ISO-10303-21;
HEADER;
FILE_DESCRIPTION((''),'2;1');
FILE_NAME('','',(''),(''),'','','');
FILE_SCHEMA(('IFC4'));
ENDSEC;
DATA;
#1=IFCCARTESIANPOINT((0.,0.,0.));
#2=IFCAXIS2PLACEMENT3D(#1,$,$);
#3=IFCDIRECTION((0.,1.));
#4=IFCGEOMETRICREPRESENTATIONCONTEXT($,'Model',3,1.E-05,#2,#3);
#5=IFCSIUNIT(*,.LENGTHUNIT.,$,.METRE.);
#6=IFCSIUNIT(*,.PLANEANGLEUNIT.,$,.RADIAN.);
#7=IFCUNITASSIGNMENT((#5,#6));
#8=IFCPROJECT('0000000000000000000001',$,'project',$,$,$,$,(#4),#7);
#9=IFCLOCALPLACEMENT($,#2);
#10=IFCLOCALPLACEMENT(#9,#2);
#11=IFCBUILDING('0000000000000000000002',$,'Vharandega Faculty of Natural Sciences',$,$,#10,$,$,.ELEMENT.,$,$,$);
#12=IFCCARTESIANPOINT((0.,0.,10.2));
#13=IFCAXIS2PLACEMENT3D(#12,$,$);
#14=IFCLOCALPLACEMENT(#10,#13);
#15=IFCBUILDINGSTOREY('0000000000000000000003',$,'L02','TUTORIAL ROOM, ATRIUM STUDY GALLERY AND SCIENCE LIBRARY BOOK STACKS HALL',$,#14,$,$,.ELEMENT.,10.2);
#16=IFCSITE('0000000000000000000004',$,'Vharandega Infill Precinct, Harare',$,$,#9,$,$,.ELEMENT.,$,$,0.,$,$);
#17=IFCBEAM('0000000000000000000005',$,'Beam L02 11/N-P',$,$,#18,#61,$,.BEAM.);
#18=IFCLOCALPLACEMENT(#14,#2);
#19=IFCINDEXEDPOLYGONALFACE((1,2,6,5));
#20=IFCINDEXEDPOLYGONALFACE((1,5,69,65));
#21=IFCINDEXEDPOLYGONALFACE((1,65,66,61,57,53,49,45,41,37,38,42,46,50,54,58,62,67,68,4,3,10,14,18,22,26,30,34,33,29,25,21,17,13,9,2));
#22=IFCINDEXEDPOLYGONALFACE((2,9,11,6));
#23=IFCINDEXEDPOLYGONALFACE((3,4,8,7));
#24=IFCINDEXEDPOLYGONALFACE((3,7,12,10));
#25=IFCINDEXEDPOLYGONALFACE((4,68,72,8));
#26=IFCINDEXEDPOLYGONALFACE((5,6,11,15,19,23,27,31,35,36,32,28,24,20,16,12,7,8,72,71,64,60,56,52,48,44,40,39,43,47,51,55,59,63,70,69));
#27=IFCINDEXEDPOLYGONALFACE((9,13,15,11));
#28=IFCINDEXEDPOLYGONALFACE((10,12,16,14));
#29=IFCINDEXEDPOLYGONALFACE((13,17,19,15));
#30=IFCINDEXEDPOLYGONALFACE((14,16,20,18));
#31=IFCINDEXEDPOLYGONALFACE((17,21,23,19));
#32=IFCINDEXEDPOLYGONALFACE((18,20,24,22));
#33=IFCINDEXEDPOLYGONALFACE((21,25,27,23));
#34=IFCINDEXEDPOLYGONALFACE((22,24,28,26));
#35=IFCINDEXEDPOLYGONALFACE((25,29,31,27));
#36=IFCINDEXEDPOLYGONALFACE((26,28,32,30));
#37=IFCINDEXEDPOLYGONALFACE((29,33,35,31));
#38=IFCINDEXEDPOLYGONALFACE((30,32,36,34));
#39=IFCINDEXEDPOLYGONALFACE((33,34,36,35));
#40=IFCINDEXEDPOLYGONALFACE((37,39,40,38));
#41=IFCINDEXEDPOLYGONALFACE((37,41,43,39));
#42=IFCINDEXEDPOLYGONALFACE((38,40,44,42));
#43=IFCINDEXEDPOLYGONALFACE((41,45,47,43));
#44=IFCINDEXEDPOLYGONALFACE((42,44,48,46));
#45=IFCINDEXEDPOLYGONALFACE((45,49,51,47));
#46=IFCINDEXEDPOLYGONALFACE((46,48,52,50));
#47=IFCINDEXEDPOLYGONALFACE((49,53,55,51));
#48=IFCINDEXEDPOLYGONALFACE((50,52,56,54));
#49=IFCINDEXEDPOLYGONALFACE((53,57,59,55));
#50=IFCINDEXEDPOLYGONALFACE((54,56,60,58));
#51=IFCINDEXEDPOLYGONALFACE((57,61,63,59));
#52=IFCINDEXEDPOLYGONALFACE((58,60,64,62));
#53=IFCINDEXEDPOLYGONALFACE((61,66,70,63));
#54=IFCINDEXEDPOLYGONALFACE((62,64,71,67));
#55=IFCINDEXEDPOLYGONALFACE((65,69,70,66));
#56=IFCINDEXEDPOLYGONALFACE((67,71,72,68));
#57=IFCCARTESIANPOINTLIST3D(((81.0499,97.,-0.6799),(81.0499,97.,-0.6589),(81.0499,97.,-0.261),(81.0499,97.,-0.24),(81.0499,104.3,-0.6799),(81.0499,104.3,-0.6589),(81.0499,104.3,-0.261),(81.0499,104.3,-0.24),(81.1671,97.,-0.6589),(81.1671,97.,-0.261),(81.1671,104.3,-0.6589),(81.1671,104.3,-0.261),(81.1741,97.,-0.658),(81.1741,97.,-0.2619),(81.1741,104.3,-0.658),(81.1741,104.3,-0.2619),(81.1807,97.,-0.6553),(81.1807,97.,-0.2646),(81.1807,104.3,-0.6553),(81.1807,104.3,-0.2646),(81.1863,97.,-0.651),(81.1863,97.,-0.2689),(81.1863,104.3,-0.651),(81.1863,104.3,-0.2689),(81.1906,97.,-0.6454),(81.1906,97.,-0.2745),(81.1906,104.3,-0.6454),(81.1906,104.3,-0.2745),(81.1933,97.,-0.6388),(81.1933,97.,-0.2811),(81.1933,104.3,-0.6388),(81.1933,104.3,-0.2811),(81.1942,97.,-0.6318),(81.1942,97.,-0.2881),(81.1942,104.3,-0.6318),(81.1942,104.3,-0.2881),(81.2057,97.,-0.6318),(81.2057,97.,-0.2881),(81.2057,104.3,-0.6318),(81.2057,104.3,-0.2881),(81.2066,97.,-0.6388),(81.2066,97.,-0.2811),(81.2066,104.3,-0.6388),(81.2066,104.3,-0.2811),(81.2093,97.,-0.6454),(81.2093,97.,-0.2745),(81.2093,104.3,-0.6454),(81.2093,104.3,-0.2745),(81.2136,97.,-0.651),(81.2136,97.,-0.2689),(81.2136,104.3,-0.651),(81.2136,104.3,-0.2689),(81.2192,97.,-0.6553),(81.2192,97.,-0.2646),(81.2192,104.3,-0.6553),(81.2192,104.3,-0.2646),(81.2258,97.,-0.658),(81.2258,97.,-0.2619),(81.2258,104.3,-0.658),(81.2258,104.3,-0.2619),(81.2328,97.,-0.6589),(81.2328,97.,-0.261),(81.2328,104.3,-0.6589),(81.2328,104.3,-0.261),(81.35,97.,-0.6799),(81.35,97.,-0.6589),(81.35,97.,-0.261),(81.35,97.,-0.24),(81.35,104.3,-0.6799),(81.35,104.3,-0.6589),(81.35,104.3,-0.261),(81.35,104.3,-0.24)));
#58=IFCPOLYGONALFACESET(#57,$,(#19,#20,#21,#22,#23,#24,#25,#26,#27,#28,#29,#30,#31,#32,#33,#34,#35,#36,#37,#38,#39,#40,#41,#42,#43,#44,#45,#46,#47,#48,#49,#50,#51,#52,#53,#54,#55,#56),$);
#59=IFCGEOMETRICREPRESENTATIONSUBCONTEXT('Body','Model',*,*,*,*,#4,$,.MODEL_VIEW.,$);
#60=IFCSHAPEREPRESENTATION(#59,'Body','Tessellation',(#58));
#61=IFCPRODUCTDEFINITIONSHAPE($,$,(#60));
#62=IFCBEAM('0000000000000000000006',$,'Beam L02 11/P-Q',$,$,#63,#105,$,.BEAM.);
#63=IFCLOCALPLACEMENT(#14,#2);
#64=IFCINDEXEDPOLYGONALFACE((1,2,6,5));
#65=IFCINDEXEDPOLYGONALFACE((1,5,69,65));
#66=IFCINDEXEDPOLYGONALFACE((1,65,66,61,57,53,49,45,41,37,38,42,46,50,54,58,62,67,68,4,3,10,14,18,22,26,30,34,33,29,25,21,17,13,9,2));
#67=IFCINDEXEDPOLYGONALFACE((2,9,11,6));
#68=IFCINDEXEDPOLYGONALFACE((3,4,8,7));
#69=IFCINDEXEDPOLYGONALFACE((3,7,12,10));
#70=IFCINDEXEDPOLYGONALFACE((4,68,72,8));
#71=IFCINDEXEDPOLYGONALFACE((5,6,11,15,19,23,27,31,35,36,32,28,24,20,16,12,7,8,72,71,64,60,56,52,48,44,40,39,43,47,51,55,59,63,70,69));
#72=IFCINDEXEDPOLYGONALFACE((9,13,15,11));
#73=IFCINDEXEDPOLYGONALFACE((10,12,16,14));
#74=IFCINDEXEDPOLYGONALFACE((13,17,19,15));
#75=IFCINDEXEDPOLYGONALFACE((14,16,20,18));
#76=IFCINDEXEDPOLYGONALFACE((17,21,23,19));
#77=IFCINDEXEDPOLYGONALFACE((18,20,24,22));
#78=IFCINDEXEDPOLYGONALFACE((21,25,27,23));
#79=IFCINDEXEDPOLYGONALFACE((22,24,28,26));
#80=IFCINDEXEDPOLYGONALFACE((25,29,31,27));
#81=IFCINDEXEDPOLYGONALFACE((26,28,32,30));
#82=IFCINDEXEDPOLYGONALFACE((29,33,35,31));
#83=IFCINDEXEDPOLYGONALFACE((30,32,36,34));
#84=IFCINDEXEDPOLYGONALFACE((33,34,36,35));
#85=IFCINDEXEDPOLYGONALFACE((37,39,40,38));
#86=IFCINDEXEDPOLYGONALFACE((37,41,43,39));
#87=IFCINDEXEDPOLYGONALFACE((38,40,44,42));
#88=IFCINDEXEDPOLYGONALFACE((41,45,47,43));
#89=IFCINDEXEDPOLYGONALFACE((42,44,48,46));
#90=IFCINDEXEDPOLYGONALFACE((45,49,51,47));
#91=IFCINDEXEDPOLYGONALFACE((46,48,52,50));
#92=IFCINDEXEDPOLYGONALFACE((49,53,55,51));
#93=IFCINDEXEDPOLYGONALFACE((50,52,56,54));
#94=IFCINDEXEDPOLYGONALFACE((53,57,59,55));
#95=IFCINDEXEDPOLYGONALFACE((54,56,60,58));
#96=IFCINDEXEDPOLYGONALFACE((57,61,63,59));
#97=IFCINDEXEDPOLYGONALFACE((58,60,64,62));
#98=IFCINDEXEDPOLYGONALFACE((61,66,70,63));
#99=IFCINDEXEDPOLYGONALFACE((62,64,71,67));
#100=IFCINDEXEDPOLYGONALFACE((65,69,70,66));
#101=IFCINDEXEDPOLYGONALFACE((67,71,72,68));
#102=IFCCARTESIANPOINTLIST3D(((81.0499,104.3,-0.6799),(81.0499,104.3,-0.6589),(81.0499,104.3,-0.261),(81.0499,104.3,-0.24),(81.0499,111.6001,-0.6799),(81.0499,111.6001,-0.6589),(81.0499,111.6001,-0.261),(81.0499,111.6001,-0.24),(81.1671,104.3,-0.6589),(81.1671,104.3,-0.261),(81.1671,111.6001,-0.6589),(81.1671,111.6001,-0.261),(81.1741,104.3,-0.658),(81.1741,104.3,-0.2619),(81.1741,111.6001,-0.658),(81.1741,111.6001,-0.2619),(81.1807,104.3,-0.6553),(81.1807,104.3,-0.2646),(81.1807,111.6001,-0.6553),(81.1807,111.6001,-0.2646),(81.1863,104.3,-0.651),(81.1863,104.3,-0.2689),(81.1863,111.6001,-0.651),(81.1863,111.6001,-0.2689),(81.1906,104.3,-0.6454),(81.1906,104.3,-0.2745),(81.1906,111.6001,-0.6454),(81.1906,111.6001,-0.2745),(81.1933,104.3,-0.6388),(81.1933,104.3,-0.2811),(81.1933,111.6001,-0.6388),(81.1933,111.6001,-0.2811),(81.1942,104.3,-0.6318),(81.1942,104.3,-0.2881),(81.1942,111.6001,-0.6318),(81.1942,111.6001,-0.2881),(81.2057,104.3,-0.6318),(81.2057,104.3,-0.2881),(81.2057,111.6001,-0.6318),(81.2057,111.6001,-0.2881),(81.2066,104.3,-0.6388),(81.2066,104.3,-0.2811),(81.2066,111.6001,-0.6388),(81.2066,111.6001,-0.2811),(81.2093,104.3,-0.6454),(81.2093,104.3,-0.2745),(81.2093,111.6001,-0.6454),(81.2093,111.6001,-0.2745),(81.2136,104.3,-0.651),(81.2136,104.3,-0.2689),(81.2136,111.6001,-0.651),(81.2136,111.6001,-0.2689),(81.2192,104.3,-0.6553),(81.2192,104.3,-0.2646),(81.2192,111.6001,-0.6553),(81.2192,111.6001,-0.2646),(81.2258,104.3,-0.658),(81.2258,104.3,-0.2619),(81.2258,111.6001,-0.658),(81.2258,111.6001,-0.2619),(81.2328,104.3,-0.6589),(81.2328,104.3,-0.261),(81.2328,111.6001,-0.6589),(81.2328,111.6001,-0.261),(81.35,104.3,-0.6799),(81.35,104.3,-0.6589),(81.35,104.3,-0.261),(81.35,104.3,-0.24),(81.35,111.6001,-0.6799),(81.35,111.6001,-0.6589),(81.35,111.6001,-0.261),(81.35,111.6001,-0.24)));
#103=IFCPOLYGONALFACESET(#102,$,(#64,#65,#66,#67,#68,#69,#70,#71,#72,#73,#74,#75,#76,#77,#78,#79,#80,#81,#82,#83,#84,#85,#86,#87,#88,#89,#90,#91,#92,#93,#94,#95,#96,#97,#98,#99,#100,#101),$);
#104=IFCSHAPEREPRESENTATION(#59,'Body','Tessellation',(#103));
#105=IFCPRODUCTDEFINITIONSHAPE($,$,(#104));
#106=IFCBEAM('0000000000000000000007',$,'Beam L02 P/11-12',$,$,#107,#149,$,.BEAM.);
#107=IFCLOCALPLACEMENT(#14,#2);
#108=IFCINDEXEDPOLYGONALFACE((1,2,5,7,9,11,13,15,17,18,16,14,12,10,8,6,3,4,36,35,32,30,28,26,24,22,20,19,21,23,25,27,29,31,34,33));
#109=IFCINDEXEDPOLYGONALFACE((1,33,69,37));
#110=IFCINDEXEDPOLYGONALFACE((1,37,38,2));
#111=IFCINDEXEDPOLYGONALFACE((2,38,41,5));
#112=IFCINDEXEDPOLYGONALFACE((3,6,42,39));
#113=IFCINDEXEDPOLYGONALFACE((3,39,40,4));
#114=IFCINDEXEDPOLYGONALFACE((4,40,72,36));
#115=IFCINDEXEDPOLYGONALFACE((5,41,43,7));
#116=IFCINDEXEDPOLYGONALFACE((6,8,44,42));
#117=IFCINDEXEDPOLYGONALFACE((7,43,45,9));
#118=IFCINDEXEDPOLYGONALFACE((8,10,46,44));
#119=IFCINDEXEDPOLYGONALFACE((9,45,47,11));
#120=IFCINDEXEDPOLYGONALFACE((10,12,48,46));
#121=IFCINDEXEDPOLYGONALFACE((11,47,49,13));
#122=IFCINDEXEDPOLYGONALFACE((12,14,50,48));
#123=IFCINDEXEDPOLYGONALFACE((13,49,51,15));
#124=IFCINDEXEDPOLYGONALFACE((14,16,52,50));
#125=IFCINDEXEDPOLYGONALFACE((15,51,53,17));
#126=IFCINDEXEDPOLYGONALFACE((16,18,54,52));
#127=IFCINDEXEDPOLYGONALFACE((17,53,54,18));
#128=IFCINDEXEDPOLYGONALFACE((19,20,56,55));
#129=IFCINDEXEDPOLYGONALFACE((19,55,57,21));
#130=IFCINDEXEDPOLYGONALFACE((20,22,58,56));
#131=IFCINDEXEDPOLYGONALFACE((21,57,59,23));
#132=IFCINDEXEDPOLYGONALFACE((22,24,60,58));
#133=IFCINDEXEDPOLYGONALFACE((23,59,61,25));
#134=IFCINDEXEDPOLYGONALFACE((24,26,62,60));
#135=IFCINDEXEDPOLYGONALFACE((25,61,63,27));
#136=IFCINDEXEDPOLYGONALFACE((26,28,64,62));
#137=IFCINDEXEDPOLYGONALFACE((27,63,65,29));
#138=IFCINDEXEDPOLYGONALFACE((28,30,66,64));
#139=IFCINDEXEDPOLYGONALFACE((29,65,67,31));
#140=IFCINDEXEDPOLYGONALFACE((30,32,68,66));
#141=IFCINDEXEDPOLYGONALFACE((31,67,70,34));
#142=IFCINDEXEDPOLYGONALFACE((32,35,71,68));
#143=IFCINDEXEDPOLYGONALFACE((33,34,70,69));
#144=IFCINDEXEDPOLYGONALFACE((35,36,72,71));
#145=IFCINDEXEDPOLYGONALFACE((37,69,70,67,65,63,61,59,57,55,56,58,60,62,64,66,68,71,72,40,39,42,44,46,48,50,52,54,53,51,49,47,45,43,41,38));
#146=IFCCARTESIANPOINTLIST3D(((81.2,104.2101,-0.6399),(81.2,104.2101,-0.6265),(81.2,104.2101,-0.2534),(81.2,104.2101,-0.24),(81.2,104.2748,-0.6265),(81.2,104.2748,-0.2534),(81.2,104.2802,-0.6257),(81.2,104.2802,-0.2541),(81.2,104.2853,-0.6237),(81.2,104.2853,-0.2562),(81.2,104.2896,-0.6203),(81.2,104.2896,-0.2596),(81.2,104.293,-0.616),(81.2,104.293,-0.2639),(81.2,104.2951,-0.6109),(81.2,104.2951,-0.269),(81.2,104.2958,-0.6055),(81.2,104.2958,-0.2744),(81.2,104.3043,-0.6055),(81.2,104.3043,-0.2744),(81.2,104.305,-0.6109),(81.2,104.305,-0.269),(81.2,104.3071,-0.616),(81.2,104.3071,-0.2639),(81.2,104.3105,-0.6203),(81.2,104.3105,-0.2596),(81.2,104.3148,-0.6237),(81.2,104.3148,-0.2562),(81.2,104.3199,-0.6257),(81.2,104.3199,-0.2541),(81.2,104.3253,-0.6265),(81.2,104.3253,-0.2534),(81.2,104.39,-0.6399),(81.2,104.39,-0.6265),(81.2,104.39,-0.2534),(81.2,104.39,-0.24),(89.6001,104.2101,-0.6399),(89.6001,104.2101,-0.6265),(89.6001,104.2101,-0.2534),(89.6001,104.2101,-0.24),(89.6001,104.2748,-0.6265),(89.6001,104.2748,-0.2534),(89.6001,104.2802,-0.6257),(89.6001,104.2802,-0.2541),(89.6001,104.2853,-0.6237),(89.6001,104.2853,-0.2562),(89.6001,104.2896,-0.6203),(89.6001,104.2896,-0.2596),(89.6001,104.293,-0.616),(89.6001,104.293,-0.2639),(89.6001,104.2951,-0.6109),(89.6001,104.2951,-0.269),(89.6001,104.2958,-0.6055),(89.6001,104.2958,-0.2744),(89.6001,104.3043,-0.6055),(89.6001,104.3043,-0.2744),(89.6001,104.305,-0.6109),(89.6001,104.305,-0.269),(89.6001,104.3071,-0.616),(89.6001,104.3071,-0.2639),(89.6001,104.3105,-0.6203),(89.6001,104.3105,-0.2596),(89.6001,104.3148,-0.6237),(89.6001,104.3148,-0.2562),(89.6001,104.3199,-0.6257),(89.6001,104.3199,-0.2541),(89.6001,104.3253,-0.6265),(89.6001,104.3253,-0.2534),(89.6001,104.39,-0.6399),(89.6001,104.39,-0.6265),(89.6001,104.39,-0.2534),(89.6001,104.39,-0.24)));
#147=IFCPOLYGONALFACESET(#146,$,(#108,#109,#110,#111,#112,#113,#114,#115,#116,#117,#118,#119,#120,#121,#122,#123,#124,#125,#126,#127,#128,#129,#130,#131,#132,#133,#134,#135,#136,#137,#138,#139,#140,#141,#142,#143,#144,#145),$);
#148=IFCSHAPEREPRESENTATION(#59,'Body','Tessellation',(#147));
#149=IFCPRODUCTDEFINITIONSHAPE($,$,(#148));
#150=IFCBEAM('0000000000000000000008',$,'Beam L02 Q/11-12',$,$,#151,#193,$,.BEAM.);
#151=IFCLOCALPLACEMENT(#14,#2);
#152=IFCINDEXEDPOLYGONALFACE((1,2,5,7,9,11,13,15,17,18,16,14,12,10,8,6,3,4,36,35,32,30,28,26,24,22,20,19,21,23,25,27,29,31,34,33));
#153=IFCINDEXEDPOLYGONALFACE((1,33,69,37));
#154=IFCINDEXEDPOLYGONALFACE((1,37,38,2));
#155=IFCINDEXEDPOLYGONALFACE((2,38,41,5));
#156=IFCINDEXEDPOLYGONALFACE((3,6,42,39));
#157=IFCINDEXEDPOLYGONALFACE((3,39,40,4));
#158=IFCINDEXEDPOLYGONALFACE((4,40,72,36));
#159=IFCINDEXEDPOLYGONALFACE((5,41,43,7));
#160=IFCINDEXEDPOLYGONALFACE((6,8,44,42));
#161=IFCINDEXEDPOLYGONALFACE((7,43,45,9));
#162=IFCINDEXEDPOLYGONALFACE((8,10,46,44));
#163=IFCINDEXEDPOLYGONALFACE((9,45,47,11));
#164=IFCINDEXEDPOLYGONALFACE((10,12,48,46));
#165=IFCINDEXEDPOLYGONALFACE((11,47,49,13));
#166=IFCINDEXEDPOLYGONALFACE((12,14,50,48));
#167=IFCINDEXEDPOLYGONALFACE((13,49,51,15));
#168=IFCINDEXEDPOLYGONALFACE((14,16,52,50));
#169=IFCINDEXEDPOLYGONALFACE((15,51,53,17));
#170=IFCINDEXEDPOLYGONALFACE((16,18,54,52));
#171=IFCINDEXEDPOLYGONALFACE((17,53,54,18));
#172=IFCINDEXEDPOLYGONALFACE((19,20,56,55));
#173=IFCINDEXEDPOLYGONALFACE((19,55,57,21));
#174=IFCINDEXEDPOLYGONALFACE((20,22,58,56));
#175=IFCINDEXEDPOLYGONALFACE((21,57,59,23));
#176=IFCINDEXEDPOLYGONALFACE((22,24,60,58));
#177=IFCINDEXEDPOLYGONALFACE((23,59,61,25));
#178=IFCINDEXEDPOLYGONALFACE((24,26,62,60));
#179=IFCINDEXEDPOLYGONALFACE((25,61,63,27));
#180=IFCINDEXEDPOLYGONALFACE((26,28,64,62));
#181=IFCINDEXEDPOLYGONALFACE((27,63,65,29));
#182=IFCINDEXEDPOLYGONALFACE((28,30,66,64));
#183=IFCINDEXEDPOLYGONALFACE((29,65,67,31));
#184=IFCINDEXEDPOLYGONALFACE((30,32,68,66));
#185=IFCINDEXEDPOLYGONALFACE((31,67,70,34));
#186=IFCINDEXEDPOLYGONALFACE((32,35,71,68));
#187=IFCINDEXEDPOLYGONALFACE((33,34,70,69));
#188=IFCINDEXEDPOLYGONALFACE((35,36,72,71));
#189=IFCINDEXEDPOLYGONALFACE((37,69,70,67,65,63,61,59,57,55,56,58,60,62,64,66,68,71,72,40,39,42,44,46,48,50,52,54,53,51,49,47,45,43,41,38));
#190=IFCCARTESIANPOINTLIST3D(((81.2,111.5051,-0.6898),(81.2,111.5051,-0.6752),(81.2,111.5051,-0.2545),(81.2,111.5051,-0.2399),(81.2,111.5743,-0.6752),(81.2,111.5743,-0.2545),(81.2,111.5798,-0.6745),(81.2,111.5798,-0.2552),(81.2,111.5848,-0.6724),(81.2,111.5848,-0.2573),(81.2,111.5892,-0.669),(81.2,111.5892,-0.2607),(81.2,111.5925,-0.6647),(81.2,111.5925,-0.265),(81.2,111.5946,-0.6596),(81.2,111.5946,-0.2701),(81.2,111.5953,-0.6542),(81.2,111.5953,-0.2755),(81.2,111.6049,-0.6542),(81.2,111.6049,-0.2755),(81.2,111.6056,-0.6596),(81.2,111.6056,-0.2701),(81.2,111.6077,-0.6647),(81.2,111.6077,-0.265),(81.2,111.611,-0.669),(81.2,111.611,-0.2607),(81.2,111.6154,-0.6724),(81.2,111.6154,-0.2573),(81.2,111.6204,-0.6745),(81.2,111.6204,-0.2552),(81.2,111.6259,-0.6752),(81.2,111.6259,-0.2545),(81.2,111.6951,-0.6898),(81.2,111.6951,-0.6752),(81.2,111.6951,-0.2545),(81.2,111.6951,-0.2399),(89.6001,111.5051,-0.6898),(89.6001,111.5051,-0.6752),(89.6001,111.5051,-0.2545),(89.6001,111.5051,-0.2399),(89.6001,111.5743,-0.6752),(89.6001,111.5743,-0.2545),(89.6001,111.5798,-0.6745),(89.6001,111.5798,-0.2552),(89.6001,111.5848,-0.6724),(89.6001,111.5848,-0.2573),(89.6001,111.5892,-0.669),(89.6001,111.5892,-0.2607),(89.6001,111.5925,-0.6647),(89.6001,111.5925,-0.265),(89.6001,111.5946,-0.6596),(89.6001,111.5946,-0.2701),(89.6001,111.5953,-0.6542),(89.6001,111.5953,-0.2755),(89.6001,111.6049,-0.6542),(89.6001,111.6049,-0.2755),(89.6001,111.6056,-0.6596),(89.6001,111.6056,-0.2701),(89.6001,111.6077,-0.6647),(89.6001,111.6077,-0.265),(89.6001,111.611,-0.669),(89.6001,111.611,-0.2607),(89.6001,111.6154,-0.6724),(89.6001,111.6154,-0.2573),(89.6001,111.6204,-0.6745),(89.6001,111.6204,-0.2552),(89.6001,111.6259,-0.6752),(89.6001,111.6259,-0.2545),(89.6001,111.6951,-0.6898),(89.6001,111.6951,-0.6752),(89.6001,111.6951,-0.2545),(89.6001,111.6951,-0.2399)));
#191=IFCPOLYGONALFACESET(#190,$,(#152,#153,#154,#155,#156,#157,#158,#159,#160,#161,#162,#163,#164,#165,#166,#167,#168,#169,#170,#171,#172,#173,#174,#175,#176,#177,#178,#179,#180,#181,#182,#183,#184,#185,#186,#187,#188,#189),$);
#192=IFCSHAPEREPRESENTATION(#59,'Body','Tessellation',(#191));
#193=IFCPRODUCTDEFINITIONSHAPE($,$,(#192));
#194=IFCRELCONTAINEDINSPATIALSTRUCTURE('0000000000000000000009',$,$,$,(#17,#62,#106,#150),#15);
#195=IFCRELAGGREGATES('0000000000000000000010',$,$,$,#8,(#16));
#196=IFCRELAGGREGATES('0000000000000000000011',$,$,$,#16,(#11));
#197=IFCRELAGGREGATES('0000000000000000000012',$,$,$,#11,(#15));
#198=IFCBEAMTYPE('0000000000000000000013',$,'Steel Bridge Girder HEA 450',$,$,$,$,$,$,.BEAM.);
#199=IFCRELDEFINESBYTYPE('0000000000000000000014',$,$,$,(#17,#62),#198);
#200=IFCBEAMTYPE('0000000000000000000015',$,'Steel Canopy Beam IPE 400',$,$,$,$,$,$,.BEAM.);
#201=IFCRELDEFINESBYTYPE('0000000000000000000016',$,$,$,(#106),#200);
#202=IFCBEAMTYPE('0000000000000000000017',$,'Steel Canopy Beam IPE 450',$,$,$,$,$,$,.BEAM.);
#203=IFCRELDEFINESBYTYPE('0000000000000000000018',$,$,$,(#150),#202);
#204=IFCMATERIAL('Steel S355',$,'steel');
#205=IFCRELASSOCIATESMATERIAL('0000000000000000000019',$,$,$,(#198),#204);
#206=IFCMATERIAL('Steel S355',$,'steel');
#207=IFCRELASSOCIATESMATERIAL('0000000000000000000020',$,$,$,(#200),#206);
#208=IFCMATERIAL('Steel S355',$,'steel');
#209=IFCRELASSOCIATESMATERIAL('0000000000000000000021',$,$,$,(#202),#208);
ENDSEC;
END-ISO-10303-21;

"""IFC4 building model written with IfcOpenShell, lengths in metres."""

from ifc_helpers import new_model, si_unit, direction, frame, origin, origin_2d, place, context, subcontext, project, spatial, i_section, extrude, material, material_profile, profile_set, type_object, element, save


model = new_model("IFC4")

# Units and contexts
model_context = context("Model", 3, precision=1e-05, world=origin(), true_north=direction((0.0, 1.0)))
body_context = subcontext(model_context, "Body", "Model", "MODEL_VIEW")
ifc_project = project(units=[si_unit("LENGTHUNIT", "METRE"), si_unit("PLANEANGLEUNIT", "RADIAN")], contexts=[model_context])

# Site, building, storey
site_placement = place(None, origin())
site = spatial("IfcSite", under=ifc_project, at=site_placement, Name="Vharandega Infill Precinct, Harare", CompositionType="ELEMENT", RefElevation=0.0)
building_placement = place(site_placement, origin())
building = spatial("IfcBuilding", under=site, at=building_placement, Name="Vharandega Faculty of Natural Sciences", CompositionType="ELEMENT")
storey_placement = place(building_placement, frame((0.0, 0.0, 10.2)))
storey = spatial("IfcBuildingStorey", under=building, at=storey_placement, Name="L02", Description="TUTORIAL ROOM, ATRIUM STUDY GALLERY AND SCIENCE LIBRARY BOOK STACKS HALL", CompositionType="ELEMENT", Elevation=10.2)

# Beams
ifc_material_1 = material(Name="Steel S355", Category="steel")
ifc_material_profile_1 = material_profile(ifc_material_1, i_section(OverallWidth=0.3, OverallDepth=0.4399, WebThickness=0.0115, FlangeThickness=0.021, FilletRadius=0.0271, at=origin_2d()), Name="HEA 450")
ifc_profile_set_1 = profile_set([ifc_material_profile_1], Name="Steel S355")
beam_type_1 = type_object("IfcBeamType", Name="Steel Bridge Girder HEA 450", PredefinedType="BEAM", material=ifc_profile_set_1)
for number, where, z_axis, x_axis, name in (
    (1, (81.2, 97.0, -0.46), (0.0, 1.0, 0.0), (-1.0, 0.0, 0.0), "Beam L02 11/N-P"),
    (2, (81.2, 104.3, -0.46), (0.0, 1.0, 0.0), (-1.0, 0.0, 0.0), "Beam L02 11/P-Q"),
):
    element("IfcBeam", number, at=place(storey_placement, frame(where, z_axis=z_axis, x_axis=x_axis)), inside=storey, type_object=beam_type_1, Name=name, PredefinedType="BEAM", context=body_context, shape_type="SweptSolid", body=[
        extrude(i_section(OverallWidth=0.3, OverallDepth=0.4399, WebThickness=0.0115, FlangeThickness=0.021, FilletRadius=0.0271, at=origin_2d()), origin(), (0.0, 0.0, 1.0), 7.3),
    ])
ifc_material_2 = material(Name="Steel S355", Category="steel")
ifc_material_profile_2 = material_profile(ifc_material_2, i_section(OverallWidth=0.1799, OverallDepth=0.3999, WebThickness=0.0085, FlangeThickness=0.0134, FilletRadius=0.021, at=origin_2d()), Name="IPE 400")
ifc_profile_set_2 = profile_set([ifc_material_profile_2], Name="Steel S355")
beam_type_2 = type_object("IfcBeamType", Name="Steel Canopy Beam IPE 400", PredefinedType="BEAM", material=ifc_profile_set_2)
beam_1_placement = place(storey_placement, frame((81.2, 104.3, -0.4399), z_axis=(1.0, 0.0, 0.0), x_axis=(0.0, 1.0, 0.0)))
element("IfcBeam", 3, at=beam_1_placement, inside=storey, type_object=beam_type_2, Name="Beam L02 P/11-12", PredefinedType="BEAM", context=body_context, shape_type="SweptSolid", body=[
    extrude(i_section(OverallWidth=0.1799, OverallDepth=0.3999, WebThickness=0.0085, FlangeThickness=0.0134, FilletRadius=0.021, at=origin_2d()), origin(), (0.0, 0.0, 1.0), 8.4001),
])
ifc_material_3 = material(Name="Steel S355", Category="steel")
ifc_material_profile_3 = material_profile(ifc_material_3, i_section(OverallWidth=0.1899, OverallDepth=0.45, WebThickness=0.0095, FlangeThickness=0.0146, FilletRadius=0.021, at=origin_2d()), Name="IPE 450")
ifc_profile_set_3 = profile_set([ifc_material_profile_3], Name="Steel S355")
beam_type_3 = type_object("IfcBeamType", Name="Steel Canopy Beam IPE 450", PredefinedType="BEAM", material=ifc_profile_set_3)
beam_2_placement = place(storey_placement, frame((81.2, 111.6001, -0.4648), z_axis=(1.0, 0.0, 0.0), x_axis=(0.0, 1.0, 0.0)))
element("IfcBeam", 4, at=beam_2_placement, inside=storey, type_object=beam_type_3, Name="Beam L02 Q/11-12", PredefinedType="BEAM", context=body_context, shape_type="SweptSolid", body=[
    extrude(i_section(OverallWidth=0.1899, OverallDepth=0.45, WebThickness=0.0095, FlangeThickness=0.0146, FilletRadius=0.021, at=origin_2d()), origin(), (0.0, 0.0, 1.0), 8.4001),
])

save(model, "model.ifc")
